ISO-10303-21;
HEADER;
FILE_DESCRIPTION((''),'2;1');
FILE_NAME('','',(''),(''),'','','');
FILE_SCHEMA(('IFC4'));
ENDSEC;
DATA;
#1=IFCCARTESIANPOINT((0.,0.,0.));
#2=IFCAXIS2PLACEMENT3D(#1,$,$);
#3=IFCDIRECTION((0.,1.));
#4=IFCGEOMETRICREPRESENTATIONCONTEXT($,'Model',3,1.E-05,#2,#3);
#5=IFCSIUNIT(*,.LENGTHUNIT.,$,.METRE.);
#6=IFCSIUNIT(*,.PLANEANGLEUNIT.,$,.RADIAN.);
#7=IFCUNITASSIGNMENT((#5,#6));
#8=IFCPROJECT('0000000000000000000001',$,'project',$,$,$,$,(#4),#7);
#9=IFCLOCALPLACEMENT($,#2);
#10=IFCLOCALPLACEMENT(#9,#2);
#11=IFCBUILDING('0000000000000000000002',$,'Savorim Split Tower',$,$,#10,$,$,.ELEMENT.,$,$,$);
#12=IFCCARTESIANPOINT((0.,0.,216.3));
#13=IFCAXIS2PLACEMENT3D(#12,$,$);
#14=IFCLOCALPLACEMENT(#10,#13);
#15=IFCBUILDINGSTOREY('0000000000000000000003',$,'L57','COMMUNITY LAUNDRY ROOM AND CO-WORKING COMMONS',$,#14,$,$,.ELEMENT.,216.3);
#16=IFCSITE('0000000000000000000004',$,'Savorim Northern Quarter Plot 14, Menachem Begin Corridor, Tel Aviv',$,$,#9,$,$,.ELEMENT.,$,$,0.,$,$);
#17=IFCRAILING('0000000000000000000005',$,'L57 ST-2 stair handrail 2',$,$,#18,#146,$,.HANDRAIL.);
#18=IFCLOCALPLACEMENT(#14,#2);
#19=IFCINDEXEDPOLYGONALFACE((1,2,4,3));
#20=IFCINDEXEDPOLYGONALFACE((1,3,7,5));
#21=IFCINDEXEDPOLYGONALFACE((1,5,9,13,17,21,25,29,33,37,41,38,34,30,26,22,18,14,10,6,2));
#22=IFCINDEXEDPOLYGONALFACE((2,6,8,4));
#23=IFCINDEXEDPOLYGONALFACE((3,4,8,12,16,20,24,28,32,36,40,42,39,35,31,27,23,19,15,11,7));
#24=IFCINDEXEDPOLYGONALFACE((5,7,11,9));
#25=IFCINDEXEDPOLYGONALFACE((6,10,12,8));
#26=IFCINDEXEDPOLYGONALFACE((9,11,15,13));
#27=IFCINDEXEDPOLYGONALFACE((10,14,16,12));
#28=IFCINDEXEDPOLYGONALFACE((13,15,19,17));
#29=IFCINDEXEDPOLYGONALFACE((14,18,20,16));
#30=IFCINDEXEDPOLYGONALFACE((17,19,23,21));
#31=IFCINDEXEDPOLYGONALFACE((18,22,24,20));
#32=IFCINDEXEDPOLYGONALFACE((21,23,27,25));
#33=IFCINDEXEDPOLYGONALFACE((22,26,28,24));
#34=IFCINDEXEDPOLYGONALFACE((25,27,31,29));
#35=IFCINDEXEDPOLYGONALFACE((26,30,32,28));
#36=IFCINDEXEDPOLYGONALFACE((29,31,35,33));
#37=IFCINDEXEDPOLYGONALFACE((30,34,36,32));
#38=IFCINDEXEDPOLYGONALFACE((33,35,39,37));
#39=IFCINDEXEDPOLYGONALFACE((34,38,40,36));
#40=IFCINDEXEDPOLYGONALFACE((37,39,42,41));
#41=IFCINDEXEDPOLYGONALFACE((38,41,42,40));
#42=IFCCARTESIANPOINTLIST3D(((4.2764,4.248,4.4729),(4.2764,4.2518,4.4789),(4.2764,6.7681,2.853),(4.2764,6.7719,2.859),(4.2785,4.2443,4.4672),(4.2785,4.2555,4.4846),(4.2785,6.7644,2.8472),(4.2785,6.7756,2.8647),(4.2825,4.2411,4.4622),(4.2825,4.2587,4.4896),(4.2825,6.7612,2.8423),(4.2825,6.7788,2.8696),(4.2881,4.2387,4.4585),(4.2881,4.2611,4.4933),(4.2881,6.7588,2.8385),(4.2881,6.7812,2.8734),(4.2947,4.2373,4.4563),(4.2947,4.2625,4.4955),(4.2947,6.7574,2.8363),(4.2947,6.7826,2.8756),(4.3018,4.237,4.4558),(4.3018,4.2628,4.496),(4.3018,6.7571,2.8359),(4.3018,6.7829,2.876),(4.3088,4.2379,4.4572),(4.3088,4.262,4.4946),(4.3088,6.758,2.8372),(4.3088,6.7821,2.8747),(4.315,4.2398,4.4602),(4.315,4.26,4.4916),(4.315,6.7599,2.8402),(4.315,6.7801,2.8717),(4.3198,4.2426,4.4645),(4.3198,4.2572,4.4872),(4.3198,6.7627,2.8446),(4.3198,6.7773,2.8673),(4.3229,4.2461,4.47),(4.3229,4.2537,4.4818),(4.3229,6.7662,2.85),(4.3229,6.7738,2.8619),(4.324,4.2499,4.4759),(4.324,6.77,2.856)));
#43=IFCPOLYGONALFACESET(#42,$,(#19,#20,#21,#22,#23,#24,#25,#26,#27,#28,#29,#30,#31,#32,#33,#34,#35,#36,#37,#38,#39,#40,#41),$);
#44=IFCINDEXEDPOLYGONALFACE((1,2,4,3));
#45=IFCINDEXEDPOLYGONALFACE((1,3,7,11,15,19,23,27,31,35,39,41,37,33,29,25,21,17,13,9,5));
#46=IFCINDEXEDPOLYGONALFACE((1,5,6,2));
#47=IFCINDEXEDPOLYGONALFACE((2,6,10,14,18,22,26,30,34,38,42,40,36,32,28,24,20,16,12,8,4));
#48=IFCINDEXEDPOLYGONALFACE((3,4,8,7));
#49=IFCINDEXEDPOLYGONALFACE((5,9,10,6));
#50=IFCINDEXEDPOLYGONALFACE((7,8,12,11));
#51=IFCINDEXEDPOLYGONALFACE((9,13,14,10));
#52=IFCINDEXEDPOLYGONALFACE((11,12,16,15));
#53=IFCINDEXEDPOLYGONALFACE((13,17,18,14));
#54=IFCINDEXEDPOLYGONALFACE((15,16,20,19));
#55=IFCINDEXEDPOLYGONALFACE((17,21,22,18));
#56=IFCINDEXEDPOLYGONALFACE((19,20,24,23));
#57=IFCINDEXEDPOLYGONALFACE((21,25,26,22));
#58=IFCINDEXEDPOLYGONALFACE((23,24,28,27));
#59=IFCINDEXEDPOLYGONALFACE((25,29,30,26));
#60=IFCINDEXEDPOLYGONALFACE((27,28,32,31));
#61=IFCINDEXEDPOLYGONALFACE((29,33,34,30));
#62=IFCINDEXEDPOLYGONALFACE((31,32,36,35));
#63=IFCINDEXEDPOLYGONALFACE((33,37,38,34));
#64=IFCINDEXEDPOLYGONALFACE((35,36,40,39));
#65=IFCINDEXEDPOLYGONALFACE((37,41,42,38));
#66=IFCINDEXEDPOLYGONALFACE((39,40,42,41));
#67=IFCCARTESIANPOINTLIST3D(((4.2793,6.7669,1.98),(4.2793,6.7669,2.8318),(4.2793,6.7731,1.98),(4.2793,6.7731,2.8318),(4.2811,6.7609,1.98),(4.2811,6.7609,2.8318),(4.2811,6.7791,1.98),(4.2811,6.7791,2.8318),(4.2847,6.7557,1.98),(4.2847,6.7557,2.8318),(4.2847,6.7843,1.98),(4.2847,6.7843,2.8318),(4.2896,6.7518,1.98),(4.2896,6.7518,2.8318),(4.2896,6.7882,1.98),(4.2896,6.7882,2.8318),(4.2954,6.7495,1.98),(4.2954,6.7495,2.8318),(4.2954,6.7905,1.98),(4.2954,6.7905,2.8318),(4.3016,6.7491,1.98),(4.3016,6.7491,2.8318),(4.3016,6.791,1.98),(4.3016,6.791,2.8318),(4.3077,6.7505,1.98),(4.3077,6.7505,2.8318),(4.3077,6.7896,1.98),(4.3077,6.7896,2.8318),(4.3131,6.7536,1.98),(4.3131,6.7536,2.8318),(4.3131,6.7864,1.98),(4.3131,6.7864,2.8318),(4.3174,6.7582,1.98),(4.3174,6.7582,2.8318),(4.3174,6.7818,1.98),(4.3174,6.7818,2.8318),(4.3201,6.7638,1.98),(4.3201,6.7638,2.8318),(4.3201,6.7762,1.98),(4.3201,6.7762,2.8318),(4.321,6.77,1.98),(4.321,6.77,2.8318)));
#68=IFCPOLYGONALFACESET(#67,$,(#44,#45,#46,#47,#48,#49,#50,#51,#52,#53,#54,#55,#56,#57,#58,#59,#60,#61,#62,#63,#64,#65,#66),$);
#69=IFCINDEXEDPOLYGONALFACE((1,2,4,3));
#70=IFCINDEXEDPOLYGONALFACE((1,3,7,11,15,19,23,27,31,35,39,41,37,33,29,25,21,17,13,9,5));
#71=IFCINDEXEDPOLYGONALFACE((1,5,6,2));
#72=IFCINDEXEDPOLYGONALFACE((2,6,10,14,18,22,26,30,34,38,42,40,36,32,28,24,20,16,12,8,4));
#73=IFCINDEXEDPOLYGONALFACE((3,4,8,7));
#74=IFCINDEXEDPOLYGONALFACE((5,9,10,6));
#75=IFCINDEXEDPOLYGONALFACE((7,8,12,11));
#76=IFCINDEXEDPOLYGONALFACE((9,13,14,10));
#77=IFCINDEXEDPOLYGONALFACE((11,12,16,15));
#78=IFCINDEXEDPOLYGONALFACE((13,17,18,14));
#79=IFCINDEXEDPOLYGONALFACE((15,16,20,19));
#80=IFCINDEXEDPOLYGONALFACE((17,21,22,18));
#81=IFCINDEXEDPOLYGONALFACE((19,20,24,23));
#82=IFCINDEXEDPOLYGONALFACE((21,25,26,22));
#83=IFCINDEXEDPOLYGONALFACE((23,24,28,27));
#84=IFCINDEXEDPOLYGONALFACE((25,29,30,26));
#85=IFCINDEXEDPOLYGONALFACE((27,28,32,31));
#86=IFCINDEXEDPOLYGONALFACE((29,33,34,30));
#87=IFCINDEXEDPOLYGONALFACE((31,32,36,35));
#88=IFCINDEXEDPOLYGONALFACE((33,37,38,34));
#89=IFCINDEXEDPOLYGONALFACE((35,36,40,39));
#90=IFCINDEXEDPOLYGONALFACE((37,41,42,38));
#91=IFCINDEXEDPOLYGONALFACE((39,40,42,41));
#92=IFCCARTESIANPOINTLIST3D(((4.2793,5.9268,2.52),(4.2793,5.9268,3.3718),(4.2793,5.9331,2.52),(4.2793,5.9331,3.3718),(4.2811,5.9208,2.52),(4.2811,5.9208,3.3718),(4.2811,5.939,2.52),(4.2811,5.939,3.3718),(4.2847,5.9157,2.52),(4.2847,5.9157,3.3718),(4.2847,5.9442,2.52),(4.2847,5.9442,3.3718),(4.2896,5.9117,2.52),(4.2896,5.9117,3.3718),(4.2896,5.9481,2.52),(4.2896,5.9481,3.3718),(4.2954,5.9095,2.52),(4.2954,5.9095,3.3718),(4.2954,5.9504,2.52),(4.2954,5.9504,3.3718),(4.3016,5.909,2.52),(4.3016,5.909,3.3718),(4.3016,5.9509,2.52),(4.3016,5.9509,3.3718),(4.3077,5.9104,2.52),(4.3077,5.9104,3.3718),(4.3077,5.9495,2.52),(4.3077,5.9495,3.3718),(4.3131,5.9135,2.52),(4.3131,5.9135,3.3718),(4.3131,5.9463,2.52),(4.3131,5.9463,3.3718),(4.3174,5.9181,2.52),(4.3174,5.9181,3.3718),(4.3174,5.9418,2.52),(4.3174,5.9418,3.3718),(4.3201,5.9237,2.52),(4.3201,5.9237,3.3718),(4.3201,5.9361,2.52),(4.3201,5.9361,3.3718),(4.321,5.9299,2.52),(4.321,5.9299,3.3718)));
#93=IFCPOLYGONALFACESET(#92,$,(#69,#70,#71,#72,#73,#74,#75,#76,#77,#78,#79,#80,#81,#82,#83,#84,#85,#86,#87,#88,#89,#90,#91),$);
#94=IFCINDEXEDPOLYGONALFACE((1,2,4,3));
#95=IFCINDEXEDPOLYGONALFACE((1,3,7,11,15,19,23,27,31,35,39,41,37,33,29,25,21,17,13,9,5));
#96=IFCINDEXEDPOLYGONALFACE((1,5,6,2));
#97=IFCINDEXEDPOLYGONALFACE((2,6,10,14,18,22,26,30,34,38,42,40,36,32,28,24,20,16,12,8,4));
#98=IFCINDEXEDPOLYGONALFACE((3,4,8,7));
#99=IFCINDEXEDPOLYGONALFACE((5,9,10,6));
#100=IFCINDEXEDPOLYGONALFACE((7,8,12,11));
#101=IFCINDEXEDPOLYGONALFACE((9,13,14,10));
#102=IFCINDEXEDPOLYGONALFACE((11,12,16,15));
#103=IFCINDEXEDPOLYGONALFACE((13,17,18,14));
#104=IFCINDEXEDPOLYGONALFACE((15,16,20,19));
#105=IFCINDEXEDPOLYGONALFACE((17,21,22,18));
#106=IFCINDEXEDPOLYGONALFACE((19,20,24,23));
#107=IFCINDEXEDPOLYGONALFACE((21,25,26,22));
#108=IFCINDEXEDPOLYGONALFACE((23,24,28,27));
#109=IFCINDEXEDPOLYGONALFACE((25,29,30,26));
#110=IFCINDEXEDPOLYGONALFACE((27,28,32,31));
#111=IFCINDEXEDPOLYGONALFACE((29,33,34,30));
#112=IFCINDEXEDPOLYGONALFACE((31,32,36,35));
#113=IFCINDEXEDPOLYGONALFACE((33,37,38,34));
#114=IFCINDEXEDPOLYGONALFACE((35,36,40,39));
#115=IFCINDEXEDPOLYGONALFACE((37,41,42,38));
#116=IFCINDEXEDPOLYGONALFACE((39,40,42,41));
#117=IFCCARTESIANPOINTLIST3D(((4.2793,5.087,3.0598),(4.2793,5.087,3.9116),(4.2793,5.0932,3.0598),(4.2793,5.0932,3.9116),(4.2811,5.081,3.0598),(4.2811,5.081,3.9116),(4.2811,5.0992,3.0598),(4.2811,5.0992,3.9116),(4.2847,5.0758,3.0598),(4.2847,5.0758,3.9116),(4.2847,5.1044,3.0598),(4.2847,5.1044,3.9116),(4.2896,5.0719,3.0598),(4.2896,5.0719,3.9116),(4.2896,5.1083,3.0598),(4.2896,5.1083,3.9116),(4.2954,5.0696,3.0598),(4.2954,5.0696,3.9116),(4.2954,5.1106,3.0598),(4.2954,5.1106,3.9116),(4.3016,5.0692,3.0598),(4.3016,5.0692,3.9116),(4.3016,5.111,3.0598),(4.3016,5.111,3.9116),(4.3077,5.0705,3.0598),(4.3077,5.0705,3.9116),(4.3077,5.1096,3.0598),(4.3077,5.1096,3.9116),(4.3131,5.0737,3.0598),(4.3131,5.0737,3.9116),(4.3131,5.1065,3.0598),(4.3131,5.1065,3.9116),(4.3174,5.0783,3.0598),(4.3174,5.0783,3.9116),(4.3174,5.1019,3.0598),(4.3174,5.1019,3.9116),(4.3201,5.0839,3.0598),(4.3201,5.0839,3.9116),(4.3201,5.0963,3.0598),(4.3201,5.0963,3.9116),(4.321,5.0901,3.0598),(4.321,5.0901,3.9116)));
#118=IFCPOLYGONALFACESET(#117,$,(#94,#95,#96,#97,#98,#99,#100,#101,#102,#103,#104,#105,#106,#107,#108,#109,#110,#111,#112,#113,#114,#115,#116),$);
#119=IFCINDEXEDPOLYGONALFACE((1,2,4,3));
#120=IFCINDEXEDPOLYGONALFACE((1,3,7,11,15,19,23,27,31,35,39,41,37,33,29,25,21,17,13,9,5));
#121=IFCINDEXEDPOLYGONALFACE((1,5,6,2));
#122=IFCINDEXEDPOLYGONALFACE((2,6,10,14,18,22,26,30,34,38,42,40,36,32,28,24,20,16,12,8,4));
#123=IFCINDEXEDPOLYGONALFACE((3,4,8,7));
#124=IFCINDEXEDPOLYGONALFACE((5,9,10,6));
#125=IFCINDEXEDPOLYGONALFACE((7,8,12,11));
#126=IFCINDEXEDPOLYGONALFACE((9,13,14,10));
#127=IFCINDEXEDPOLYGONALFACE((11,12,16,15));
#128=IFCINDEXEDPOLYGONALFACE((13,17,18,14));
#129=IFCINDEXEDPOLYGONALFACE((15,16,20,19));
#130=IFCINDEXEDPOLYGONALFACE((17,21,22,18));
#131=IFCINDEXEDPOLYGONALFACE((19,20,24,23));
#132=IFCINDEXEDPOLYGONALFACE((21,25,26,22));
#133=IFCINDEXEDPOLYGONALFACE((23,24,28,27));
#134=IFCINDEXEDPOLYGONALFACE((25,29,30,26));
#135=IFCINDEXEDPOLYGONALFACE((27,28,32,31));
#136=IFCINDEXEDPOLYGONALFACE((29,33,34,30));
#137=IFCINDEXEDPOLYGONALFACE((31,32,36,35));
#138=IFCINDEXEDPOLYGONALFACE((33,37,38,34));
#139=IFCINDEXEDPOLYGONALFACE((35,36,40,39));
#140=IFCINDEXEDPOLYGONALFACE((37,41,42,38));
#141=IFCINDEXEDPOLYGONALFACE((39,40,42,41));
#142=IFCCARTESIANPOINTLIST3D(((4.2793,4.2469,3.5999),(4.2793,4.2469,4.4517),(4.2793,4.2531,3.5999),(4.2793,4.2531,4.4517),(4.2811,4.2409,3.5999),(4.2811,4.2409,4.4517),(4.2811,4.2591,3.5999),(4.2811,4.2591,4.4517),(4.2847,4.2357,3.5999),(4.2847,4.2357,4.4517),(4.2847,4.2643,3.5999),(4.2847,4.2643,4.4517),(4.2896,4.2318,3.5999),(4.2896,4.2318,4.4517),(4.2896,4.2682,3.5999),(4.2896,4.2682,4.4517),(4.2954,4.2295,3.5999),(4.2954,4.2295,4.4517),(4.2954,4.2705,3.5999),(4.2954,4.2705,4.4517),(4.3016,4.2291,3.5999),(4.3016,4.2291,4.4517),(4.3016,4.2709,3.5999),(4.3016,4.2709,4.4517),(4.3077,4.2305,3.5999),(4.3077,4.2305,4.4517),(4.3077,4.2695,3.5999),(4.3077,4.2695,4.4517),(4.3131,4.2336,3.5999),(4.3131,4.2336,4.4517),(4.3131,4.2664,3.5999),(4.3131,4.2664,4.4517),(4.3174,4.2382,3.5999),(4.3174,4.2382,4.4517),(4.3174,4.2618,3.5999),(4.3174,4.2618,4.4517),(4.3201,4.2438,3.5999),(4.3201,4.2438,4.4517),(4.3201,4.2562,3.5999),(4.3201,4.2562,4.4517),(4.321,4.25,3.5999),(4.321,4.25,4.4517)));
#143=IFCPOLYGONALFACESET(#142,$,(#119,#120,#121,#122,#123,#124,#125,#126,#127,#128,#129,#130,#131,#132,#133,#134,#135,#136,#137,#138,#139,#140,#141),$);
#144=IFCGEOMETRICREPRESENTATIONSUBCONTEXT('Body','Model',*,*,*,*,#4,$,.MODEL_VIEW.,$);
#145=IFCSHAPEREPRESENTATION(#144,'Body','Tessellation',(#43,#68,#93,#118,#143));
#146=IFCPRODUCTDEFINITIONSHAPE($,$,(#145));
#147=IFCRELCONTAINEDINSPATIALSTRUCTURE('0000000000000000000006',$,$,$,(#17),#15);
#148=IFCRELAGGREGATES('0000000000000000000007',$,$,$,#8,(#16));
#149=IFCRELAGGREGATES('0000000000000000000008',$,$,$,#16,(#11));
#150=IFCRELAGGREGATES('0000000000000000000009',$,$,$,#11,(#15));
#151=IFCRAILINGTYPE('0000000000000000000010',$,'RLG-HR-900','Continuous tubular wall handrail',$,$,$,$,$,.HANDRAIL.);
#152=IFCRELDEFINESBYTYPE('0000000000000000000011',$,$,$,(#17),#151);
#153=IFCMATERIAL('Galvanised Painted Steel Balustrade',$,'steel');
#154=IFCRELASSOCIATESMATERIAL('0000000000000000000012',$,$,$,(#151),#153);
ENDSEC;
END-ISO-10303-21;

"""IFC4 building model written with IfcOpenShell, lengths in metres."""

from ifc_helpers import new_model, si_unit, direction, frame, origin, origin_2d, place, context, subcontext, project, spatial, circle, extrude, material, type_object, element, save


model = new_model("IFC4")

# Units and contexts
model_context = context("Model", 3, precision=1e-05, world=origin(), true_north=direction((0.0, 1.0)))
body_context = subcontext(model_context, "Body", "Model", "MODEL_VIEW")
ifc_project = project(units=[si_unit("LENGTHUNIT", "METRE"), si_unit("PLANEANGLEUNIT", "RADIAN")], contexts=[model_context])

# Site, building, storey
site_placement = place(None, origin())
site = spatial("IfcSite", under=ifc_project, at=site_placement, Name="Savorim Northern Quarter Plot 14, Menachem Begin Corridor, Tel Aviv", CompositionType="ELEMENT", RefElevation=0.0)
building_placement = place(site_placement, origin())
building = spatial("IfcBuilding", under=site, at=building_placement, Name="Savorim Split Tower", CompositionType="ELEMENT")
storey_placement = place(building_placement, frame((0.0, 0.0, 216.3)))
storey = spatial("IfcBuildingStorey", under=building, at=storey_placement, Name="L57", Description="COMMUNITY LAUNDRY ROOM AND CO-WORKING COMMONS", CompositionType="ELEMENT", Elevation=216.3)

# Railing
ifc_material_1 = material(Name="Galvanised Painted Steel Balustrade", Category="steel")
railing_type_1 = type_object("IfcRailingType", Name="RLG-HR-900", Description="Continuous tubular wall handrail", PredefinedType="HANDRAIL", material=ifc_material_1)
railing_1_placement = place(storey_placement, frame((4.3, 6.77, 1.98)))
element("IfcRailing", 1, at=railing_1_placement, inside=storey, type_object=railing_type_1, Name="L57 ST-2 stair handrail 2", PredefinedType="HANDRAIL", context=body_context, shape_type="SweptSolid", body=[
    extrude(circle(Radius=0.0239, at=origin_2d()), frame((0.0, 0.0, 0.876), z_axis=(0.0, -0.8412, 0.540725), x_axis=(1.0, 0.0, 0.0)), (0.0, 0.0, 1.0), 2.9958),
    extrude(circle(Radius=0.021, at=origin_2d()), origin(), (0.0, 0.0, 1.0), 0.8518),
    extrude(circle(Radius=0.021, at=origin_2d()), frame((0.0, -0.8401, 0.54)), (0.0, 0.0, 1.0), 0.8518),
    extrude(circle(Radius=0.021, at=origin_2d()), frame((0.0, -1.6799, 1.0798)), (0.0, 0.0, 1.0), 0.8518),
    extrude(circle(Radius=0.021, at=origin_2d()), frame((0.0, -2.52, 1.6199)), (0.0, 0.0, 1.0), 0.8518),
])

save(model, "model.ifc")
